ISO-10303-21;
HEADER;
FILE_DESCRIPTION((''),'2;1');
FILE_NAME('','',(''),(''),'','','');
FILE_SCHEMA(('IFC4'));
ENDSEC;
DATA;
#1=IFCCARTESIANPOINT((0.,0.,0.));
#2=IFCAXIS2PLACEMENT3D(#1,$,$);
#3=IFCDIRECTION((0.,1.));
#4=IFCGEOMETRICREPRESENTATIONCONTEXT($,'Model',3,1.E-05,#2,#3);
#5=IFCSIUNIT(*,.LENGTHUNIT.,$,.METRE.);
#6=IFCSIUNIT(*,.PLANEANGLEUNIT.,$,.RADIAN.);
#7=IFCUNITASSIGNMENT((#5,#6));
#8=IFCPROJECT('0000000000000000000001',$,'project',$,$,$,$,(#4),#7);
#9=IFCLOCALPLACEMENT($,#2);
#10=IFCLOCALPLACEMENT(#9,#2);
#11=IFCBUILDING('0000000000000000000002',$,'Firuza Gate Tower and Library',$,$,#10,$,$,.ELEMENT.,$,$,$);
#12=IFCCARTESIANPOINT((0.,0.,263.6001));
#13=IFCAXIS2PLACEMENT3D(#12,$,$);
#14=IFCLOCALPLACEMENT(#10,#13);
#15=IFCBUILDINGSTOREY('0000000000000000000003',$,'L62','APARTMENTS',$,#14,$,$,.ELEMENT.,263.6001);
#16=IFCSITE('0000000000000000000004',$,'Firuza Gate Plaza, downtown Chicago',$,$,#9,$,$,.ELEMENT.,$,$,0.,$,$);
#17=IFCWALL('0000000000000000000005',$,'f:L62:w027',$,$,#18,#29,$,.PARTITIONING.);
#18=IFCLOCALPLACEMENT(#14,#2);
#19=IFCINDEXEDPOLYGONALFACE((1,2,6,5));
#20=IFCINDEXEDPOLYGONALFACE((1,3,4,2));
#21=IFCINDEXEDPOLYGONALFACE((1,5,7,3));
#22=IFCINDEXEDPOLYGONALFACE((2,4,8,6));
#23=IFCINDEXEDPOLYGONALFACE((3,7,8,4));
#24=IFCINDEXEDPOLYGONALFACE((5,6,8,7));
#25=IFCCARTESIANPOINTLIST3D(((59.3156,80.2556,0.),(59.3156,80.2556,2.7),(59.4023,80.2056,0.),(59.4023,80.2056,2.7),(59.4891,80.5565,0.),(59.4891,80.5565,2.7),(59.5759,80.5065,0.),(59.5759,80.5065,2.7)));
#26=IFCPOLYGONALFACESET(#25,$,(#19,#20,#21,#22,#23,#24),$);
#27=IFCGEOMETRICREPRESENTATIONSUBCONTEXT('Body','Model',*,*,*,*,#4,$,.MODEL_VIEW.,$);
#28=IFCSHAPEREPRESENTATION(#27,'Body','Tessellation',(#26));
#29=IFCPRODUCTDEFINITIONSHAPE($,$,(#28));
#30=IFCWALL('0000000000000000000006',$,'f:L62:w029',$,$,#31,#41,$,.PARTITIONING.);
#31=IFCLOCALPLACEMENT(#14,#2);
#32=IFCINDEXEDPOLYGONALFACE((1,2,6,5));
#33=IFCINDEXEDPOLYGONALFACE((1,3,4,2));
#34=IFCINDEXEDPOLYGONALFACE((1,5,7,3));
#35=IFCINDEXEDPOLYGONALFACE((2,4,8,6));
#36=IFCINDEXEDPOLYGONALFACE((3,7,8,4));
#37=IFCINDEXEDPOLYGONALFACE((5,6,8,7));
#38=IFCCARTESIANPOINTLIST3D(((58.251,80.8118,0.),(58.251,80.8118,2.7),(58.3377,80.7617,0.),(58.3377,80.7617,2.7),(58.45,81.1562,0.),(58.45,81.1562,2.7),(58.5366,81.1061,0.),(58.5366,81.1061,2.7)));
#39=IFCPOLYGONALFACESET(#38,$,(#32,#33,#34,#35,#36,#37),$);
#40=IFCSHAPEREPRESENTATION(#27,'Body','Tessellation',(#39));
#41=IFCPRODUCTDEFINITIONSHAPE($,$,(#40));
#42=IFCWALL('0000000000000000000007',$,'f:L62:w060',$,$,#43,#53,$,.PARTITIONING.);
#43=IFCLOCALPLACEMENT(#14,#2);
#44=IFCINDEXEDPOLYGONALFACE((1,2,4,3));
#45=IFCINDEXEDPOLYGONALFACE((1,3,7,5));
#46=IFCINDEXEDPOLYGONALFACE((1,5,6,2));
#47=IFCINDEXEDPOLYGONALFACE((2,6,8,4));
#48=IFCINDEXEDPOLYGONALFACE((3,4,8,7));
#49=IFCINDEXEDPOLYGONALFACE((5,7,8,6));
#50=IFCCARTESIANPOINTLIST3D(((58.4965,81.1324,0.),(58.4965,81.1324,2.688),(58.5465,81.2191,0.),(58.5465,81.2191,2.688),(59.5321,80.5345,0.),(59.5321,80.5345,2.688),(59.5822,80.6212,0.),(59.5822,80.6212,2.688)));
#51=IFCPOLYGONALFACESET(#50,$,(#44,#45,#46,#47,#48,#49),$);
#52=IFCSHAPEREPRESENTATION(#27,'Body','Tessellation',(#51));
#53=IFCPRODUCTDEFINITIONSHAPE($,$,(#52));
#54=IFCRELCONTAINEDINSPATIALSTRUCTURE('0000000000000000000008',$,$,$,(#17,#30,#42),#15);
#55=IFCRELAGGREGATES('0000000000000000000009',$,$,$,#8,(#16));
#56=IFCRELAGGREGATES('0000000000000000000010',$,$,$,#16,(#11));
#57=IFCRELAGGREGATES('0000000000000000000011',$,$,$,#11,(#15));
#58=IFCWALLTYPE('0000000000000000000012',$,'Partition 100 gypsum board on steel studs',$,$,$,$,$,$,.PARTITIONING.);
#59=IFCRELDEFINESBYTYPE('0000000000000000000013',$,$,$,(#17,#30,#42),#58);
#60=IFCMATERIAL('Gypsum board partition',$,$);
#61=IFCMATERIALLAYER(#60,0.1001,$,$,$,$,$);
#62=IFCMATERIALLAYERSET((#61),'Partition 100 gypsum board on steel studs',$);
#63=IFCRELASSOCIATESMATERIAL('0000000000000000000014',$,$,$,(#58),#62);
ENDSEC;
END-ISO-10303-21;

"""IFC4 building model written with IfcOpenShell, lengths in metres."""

from ifc_helpers import new_model, si_unit, direction, frame, frame_2d, origin, place, context, subcontext, project, spatial, rectangle, extrude, material, layer, layer_set, type_object, element, save


model = new_model("IFC4")

# Units and contexts
model_context = context("Model", 3, precision=1e-05, world=origin(), true_north=direction((0.0, 1.0)))
body_context = subcontext(model_context, "Body", "Model", "MODEL_VIEW")
ifc_project = project(units=[si_unit("LENGTHUNIT", "METRE"), si_unit("PLANEANGLEUNIT", "RADIAN")], contexts=[model_context])

# Site, building, storey
site_placement = place(None, origin())
site = spatial("IfcSite", under=ifc_project, at=site_placement, Name="Firuza Gate Plaza, downtown Chicago", CompositionType="ELEMENT", RefElevation=0.0)
building_placement = place(site_placement, origin())
building = spatial("IfcBuilding", under=site, at=building_placement, Name="Firuza Gate Tower and Library", CompositionType="ELEMENT")
storey_placement = place(building_placement, frame((0.0, 0.0, 263.6001)))
storey = spatial("IfcBuildingStorey", under=building, at=storey_placement, Name="L62", Description="APARTMENTS", CompositionType="ELEMENT", Elevation=263.6001)

# Walls
ifc_material_1 = material(Name="Gypsum board partition")
ifc_layer_1 = layer(ifc_material_1, 0.1001)
ifc_layer_set_1 = layer_set([ifc_layer_1], Name="Partition 100 gypsum board on steel studs")
wall_type = type_object("IfcWallType", Name="Partition 100 gypsum board on steel studs", PredefinedType="PARTITIONING", material=ifc_layer_set_1)
wall_1_placement = place(storey_placement, frame((59.3589, 80.2305, 0.0), z_axis=(0.0, 0.0, 1.0), x_axis=(0.49954, 0.866291, 0.0)))
element("IfcWall", 1, at=wall_1_placement, inside=storey, type_object=wall_type, Name="f:L62:w027", PredefinedType="PARTITIONING", context=body_context, shape_type="SweptSolid", body=[
    extrude(rectangle(XDim=0.3474, YDim=0.1001, at=frame_2d((0.1738, 0.0))), origin(), (0.0, 0.0, 1.0), 2.7),
])
wall_2_placement = place(storey_placement, frame((58.2944, 80.7869, 0.0), z_axis=(0.0, 0.0, 1.0), x_axis=(0.500165, 0.86593, 0.0)))
element("IfcWall", 2, at=wall_2_placement, inside=storey, type_object=wall_type, Name="f:L62:w029", PredefinedType="PARTITIONING", context=body_context, shape_type="SweptSolid", body=[
    extrude(rectangle(XDim=0.3977, YDim=0.1001, at=frame_2d((0.1987, 0.0))), origin(), (0.0, 0.0, 1.0), 2.7),
])
wall_3_placement = place(storey_placement, frame((59.5571, 80.5779, 0.0), z_axis=(0.0, 0.0, 1.0), x_axis=(-0.866036, 0.499982, 0.0)))
element("IfcWall", 3, at=wall_3_placement, inside=storey, type_object=wall_type, Name="f:L62:w060", PredefinedType="PARTITIONING", context=body_context, shape_type="SweptSolid", body=[
    extrude(rectangle(XDim=1.1958, YDim=0.1001, at=frame_2d((0.5979, 0.0))), origin(), (0.0, 0.0, 1.0), 2.688),
])

save(model, "model.ifc")
